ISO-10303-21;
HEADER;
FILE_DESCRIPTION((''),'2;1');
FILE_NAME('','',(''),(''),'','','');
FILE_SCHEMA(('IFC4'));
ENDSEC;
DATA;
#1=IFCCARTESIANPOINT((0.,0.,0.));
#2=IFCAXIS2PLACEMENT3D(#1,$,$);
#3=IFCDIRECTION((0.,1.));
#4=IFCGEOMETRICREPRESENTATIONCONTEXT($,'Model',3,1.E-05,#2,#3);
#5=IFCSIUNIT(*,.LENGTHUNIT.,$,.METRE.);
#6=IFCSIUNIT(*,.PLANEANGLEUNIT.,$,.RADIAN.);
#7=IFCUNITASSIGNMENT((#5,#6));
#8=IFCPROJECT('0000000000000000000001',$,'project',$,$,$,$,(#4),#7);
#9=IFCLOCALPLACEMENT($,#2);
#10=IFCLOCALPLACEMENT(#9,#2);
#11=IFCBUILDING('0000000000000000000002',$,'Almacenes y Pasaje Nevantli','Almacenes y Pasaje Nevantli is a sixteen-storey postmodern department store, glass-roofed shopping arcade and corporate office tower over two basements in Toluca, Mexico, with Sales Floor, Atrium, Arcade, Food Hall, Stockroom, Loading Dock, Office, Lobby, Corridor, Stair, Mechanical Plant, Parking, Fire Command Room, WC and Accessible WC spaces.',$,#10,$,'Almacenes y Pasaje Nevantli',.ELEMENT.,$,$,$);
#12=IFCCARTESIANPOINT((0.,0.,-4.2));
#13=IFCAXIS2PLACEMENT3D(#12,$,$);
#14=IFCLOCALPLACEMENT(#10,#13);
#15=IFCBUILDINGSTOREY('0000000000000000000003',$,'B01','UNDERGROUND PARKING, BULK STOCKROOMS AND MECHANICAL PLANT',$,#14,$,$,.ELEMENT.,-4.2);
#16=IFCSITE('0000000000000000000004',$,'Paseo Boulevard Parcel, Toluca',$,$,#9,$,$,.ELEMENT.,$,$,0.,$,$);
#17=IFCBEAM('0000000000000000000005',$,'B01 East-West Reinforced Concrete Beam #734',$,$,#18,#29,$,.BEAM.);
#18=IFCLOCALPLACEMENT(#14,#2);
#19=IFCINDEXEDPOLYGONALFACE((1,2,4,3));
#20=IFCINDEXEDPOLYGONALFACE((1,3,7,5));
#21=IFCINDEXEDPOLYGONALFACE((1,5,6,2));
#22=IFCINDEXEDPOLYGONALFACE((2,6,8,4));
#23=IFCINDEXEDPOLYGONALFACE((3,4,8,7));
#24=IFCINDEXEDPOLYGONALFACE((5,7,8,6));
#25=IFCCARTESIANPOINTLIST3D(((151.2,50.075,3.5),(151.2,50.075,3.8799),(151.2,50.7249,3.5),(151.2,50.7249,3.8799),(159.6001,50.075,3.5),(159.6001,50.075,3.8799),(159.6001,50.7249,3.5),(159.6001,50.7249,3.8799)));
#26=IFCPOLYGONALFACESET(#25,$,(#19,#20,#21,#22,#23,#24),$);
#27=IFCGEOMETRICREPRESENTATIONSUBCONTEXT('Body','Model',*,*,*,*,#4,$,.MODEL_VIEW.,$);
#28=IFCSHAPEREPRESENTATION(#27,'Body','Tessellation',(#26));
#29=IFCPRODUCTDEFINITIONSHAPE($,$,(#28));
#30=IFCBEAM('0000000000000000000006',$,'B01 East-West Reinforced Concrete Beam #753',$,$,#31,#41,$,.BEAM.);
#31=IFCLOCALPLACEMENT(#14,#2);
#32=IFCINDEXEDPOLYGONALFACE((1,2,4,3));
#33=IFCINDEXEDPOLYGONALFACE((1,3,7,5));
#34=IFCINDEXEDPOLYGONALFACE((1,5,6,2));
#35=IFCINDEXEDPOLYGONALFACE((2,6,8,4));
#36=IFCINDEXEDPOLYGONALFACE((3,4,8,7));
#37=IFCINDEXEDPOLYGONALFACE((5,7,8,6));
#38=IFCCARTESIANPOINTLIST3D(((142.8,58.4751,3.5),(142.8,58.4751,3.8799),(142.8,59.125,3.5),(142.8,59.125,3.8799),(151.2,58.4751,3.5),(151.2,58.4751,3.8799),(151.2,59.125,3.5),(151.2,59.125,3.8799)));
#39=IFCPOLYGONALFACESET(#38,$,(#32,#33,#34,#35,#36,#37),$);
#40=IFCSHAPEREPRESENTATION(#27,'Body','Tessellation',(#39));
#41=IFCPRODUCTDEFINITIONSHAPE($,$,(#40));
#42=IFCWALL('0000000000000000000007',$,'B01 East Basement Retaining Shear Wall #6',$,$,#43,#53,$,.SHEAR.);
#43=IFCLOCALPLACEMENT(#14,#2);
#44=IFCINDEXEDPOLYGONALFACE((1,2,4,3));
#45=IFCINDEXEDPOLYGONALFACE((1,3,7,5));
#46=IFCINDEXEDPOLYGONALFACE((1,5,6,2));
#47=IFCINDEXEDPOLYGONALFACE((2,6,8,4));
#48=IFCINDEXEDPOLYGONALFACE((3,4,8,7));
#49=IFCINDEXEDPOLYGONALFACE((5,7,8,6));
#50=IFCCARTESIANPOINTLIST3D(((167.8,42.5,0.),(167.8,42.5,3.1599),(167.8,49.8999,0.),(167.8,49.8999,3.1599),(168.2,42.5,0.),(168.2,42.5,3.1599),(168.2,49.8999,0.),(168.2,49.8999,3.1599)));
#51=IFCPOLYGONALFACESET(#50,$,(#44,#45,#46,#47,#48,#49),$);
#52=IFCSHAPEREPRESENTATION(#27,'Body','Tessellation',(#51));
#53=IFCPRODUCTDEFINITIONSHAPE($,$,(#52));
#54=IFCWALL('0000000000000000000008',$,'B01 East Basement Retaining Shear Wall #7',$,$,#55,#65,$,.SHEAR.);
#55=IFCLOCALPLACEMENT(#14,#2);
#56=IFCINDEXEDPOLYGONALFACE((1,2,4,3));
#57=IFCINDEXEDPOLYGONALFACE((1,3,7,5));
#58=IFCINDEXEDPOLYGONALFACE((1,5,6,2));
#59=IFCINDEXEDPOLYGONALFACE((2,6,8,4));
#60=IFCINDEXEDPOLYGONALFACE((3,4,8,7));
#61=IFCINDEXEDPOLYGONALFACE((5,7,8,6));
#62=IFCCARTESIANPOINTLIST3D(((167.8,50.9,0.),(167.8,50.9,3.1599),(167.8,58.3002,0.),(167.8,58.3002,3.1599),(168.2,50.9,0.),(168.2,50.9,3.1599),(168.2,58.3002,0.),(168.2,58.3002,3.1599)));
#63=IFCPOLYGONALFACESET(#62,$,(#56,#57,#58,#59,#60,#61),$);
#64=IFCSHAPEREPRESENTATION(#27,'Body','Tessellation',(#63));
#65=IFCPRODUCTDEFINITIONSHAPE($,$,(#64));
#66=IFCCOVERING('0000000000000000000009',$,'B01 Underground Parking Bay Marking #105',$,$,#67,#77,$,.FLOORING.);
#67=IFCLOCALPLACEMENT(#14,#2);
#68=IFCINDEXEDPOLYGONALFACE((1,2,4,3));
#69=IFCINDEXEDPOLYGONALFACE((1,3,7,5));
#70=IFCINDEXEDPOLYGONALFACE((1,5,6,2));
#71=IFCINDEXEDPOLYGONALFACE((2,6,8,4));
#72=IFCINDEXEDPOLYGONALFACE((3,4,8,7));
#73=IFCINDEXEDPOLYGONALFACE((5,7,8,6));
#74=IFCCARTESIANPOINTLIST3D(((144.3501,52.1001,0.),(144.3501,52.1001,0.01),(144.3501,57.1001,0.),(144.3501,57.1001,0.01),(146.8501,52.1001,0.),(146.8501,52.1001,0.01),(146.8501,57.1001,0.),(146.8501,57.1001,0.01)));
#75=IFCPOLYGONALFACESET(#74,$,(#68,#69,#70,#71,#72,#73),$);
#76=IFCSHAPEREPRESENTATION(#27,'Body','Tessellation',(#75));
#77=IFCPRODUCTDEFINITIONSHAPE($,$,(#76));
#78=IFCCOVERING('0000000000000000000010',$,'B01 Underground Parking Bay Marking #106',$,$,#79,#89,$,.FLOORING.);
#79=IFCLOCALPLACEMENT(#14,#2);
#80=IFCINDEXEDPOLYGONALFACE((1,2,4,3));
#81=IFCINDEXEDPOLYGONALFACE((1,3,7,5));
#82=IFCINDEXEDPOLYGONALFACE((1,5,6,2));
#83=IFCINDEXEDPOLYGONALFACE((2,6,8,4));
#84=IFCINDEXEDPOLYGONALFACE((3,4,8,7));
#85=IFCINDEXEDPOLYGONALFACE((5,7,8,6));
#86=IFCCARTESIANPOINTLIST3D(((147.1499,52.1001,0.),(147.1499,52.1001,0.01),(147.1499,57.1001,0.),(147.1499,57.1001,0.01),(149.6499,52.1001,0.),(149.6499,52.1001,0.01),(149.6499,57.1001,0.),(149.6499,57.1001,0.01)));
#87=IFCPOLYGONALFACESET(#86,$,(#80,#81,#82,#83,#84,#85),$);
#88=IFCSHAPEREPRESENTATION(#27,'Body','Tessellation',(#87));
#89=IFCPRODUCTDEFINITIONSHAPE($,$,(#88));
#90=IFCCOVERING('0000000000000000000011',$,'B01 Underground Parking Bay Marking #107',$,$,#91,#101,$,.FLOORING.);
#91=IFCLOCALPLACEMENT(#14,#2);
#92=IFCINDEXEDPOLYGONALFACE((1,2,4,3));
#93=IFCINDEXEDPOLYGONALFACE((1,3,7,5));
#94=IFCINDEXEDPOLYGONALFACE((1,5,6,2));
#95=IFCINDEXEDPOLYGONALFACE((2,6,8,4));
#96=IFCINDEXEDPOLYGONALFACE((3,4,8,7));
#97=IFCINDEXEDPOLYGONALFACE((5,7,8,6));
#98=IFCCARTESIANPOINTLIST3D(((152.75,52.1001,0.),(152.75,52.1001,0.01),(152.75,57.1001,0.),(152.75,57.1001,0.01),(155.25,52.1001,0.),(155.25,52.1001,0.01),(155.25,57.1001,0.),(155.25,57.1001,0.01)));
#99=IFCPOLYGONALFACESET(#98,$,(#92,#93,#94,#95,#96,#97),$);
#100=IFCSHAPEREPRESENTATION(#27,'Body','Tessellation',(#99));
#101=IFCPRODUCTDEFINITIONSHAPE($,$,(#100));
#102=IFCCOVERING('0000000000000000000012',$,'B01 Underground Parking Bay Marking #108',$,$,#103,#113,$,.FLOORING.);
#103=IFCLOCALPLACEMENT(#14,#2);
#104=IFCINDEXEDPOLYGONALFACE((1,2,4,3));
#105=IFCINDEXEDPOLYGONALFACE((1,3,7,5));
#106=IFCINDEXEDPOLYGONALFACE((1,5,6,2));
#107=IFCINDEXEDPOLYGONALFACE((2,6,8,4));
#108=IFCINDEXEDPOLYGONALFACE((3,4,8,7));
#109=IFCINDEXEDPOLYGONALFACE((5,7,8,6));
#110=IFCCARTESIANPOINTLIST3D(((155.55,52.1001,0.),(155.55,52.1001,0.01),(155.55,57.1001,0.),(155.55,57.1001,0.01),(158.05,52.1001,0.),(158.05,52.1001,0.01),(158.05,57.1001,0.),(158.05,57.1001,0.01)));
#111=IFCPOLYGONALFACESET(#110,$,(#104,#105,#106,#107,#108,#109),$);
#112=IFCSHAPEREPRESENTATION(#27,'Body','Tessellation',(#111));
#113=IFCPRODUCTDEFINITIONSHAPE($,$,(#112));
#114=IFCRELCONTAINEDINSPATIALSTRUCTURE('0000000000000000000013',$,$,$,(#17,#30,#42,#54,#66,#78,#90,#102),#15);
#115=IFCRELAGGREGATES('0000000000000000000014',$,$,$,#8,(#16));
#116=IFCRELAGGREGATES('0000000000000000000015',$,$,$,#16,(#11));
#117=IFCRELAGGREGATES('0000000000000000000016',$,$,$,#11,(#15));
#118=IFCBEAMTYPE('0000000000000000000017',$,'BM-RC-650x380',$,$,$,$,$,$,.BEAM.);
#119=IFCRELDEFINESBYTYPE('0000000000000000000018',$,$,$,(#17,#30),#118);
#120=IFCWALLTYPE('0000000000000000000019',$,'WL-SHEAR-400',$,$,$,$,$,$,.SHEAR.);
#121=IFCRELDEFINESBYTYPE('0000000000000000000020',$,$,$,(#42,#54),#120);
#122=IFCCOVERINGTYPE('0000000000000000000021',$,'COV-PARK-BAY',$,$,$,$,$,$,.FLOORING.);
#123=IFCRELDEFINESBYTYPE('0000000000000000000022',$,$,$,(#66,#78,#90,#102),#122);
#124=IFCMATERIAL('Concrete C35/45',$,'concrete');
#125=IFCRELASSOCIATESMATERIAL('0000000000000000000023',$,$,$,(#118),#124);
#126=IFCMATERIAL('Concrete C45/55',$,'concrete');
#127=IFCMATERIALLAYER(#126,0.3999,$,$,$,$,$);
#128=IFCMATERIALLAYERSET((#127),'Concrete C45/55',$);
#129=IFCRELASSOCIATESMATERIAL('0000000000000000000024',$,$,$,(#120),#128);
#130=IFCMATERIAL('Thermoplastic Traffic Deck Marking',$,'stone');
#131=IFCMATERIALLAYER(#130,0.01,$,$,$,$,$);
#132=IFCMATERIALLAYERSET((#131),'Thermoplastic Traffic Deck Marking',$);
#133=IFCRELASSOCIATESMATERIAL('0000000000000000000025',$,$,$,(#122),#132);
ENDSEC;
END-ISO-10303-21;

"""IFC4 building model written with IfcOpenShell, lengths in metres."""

from ifc_helpers import new_model, si_unit, direction, frame, frame_2d, origin, origin_2d, place, context, subcontext, project, spatial, rectangle, extrude, material, layer, layer_set, material_profile, profile_set, type_object, element, save


model = new_model("IFC4")

# Units and contexts
model_context = context("Model", 3, precision=1e-05, world=origin(), true_north=direction((0.0, 1.0)))
body_context = subcontext(model_context, "Body", "Model", "MODEL_VIEW")
ifc_project = project(units=[si_unit("LENGTHUNIT", "METRE"), si_unit("PLANEANGLEUNIT", "RADIAN")], contexts=[model_context])

# Site, building, storey
site_placement = place(None, origin())
site = spatial("IfcSite", under=ifc_project, at=site_placement, Name="Paseo Boulevard Parcel, Toluca", CompositionType="ELEMENT", RefElevation=0.0)
building_placement = place(site_placement, origin())
building = spatial("IfcBuilding", under=site, at=building_placement, Name="Almacenes y Pasaje Nevantli", Description="Almacenes y Pasaje Nevantli is a sixteen-storey postmodern department store, glass-roofed shopping arcade and corporate office tower over two basements in Toluca, Mexico, with Sales Floor, Atrium, Arcade, Food Hall, Stockroom, Loading Dock, Office, Lobby, Corridor, Stair, Mechanical Plant, Parking, Fire Command Room, WC and Accessible WC spaces.", LongName="Almacenes y Pasaje Nevantli", CompositionType="ELEMENT")
storey_placement = place(building_placement, frame((0.0, 0.0, -4.2)))
storey = spatial("IfcBuildingStorey", under=building, at=storey_placement, Name="B01", Description="UNDERGROUND PARKING, BULK STOCKROOMS AND MECHANICAL PLANT", CompositionType="ELEMENT", Elevation=-4.2)

# Beams
ifc_material_1 = material(Name="Concrete C35/45", Category="concrete")
ifc_material_profile_1 = material_profile(ifc_material_1, rectangle(XDim=0.6499, YDim=0.3799, at=origin_2d()), Name="RC-BM-650x380")
ifc_profile_set_1 = profile_set([ifc_material_profile_1], Name="Concrete C35/45")
beam_type_1 = type_object("IfcBeamType", Name="BM-RC-650x380", PredefinedType="BEAM", material=ifc_profile_set_1)
beam_1_placement = place(storey_placement, frame((151.2, 50.3999, 3.6899), z_axis=(1.0, 0.0, 0.0), x_axis=(0.0, 1.0, 0.0)))
element("IfcBeam", 1, at=beam_1_placement, inside=storey, type_object=beam_type_1, Name="B01 East-West Reinforced Concrete Beam #734", PredefinedType="BEAM", context=body_context, shape_type="SweptSolid", body=[
    extrude(rectangle(XDim=0.6499, YDim=0.3799, at=origin_2d()), origin(), (0.0, 0.0, 1.0), 8.4001),
])
beam_2_placement = place(storey_placement, frame((142.8, 58.8, 3.6899), z_axis=(1.0, 0.0, 0.0), x_axis=(0.0, 1.0, 0.0)))
element("IfcBeam", 2, at=beam_2_placement, inside=storey, type_object=beam_type_1, Name="B01 East-West Reinforced Concrete Beam #753", PredefinedType="BEAM", context=body_context, shape_type="SweptSolid", body=[
    extrude(rectangle(XDim=0.6499, YDim=0.3799, at=origin_2d()), origin(), (0.0, 0.0, 1.0), 8.3999),
])

# Walls
ifc_material_2 = material(Name="Concrete C45/55", Category="concrete")
ifc_layer_1 = layer(ifc_material_2, 0.3999)
ifc_layer_set_1 = layer_set([ifc_layer_1], Name="Concrete C45/55")
wall_type = type_object("IfcWallType", Name="WL-SHEAR-400", PredefinedType="SHEAR", material=ifc_layer_set_1)
wall_1_placement = place(storey_placement, frame((168.0, 42.5, 0.0), z_axis=(0.0, 0.0, 1.0), x_axis=(0.0, 1.0, 0.0)))
element("IfcWall", 3, at=wall_1_placement, inside=storey, type_object=wall_type, Name="B01 East Basement Retaining Shear Wall #6", PredefinedType="SHEAR", context=body_context, shape_type="SweptSolid", body=[
    extrude(rectangle(XDim=7.3999, YDim=0.3999, at=frame_2d((3.7, 0.0))), origin(), (0.0, 0.0, 1.0), 3.1599),
])
wall_2_placement = place(storey_placement, frame((168.0, 50.8999, 0.0), z_axis=(0.0, 0.0, 1.0), x_axis=(0.0, 1.0, 0.0)))
element("IfcWall", 4, at=wall_2_placement, inside=storey, type_object=wall_type, Name="B01 East Basement Retaining Shear Wall #7", PredefinedType="SHEAR", context=body_context, shape_type="SweptSolid", body=[
    extrude(rectangle(XDim=7.4001, YDim=0.3999, at=frame_2d((3.7002, 0.0))), origin(), (0.0, 0.0, 1.0), 3.1599),
])

# Coverings
ifc_material_3 = material(Name="Thermoplastic Traffic Deck Marking", Category="stone")
ifc_layer_2 = layer(ifc_material_3, 0.01)
ifc_layer_set_2 = layer_set([ifc_layer_2], Name="Thermoplastic Traffic Deck Marking")
covering_type = type_object("IfcCoveringType", Name="COV-PARK-BAY", PredefinedType="FLOORING", material=ifc_layer_set_2)
for number, where, z_axis, x_axis, name in (
    (5, (145.6001, 54.6001, 0.0), (0.0, 0.0, 1.0), (1.0, 0.0, 0.0), "B01 Underground Parking Bay Marking #105"),
    (6, (148.3999, 54.6001, 0.0), (0.0, 0.0, 1.0), (1.0, 0.0, 0.0), "B01 Underground Parking Bay Marking #106"),
    (7, (154.0, 54.6001, 0.0), (0.0, 0.0, 1.0), (1.0, 0.0, 0.0), "B01 Underground Parking Bay Marking #107"),
    (8, (156.8, 54.6001, 0.0), (0.0, 0.0, 1.0), (1.0, 0.0, 0.0), "B01 Underground Parking Bay Marking #108"),
):
    element("IfcCovering", number, at=place(storey_placement, frame(where, z_axis=z_axis, x_axis=x_axis)), inside=storey, type_object=covering_type, Name=name, PredefinedType="FLOORING", context=body_context, shape_type="SweptSolid", body=[
        extrude(rectangle(XDim=2.5, YDim=5.0, at=origin_2d()), origin(), (0.0, 0.0, 1.0), 0.01),
    ])

save(model, "model.ifc")
